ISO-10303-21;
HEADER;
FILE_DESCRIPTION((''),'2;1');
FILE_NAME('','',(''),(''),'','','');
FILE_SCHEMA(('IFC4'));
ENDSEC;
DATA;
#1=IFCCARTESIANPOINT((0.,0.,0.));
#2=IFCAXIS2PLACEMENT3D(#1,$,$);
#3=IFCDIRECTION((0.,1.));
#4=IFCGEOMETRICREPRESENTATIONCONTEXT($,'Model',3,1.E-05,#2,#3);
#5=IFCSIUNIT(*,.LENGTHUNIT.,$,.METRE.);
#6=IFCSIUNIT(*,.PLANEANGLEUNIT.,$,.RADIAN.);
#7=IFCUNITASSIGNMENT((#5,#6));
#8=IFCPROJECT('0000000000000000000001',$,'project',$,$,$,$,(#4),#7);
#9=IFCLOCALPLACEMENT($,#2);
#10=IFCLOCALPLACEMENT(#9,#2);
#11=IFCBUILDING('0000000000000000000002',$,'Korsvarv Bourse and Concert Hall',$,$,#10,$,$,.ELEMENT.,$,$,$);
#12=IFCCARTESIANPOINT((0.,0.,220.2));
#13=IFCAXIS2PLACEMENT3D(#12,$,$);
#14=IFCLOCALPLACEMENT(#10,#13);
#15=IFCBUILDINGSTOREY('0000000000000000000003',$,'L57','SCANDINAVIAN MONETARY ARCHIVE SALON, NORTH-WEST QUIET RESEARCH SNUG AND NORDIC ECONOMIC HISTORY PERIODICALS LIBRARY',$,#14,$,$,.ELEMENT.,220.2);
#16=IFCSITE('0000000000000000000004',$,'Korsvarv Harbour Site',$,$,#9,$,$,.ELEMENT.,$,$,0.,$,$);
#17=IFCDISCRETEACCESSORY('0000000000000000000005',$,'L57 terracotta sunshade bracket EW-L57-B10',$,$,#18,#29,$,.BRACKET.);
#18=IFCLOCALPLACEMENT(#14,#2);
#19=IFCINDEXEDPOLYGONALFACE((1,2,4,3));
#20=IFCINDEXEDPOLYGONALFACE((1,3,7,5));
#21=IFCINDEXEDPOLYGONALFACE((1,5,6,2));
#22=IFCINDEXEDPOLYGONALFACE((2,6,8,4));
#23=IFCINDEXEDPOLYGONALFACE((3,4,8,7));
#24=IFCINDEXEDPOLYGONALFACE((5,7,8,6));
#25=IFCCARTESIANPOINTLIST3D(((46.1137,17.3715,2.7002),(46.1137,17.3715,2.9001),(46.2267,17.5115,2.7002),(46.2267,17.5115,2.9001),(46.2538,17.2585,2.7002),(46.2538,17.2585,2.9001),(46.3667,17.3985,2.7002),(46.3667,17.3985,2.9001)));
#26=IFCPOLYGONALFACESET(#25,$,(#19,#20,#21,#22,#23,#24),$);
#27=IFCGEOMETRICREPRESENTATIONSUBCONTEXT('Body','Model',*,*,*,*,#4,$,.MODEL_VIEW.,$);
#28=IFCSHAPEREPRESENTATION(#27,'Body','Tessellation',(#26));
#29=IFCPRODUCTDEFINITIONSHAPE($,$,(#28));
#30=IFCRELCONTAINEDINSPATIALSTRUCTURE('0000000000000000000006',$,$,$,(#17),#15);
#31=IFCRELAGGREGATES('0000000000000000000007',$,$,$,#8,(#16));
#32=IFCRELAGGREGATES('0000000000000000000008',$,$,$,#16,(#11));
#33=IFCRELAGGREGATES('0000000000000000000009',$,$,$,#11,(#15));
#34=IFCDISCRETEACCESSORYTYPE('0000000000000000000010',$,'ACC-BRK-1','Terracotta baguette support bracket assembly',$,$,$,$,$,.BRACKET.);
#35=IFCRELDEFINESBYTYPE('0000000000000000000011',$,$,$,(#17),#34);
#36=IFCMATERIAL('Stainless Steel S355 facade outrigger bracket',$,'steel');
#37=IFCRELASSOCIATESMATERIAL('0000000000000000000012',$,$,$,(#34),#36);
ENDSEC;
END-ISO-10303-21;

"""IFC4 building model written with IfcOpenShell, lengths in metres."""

from ifc_helpers import new_model, si_unit, direction, frame, origin, origin_2d, place, context, subcontext, project, spatial, rectangle, extrude, source, transform, mapped, material, type_object, element, save


model = new_model("IFC4")

# Units and contexts
model_context = context("Model", 3, precision=1e-05, world=origin(), true_north=direction((0.0, 1.0)))
body_context = subcontext(model_context, "Body", "Model", "MODEL_VIEW")
ifc_project = project(units=[si_unit("LENGTHUNIT", "METRE"), si_unit("PLANEANGLEUNIT", "RADIAN")], contexts=[model_context])

# Site, building, storey
site_placement = place(None, origin())
site = spatial("IfcSite", under=ifc_project, at=site_placement, Name="Korsvarv Harbour Site", CompositionType="ELEMENT", RefElevation=0.0)
building_placement = place(site_placement, origin())
building = spatial("IfcBuilding", under=site, at=building_placement, Name="Korsvarv Bourse and Concert Hall", CompositionType="ELEMENT")
storey_placement = place(building_placement, frame((0.0, 0.0, 220.2)))
storey = spatial("IfcBuildingStorey", under=building, at=storey_placement, Name="L57", Description="SCANDINAVIAN MONETARY ARCHIVE SALON, NORTH-WEST QUIET RESEARCH SNUG AND NORDIC ECONOMIC HISTORY PERIODICALS LIBRARY", CompositionType="ELEMENT", Elevation=220.2)

# Discrete accessory
ifc_material_1 = material(Name="Stainless Steel S355 facade outrigger bracket", Category="steel")
discrete_accessory_type = type_object("IfcDiscreteAccessoryType", Name="ACC-BRK-1", Description="Terracotta baguette support bracket assembly", PredefinedType="BRACKET", material=ifc_material_1)
shared_shape_1 = source(origin(), body_context, "Body", "SweptSolid", [
    extrude(rectangle(XDim=0.1799, YDim=0.1799, at=origin_2d()), origin(), (0.0, 0.0, 1.0), 0.2),
])
for number, where, z_axis, x_axis, name in (
    (1, (46.2402, 17.385, 2.7002), (0.0, 0.0, 1.0), (0.627963, 0.778243, 0.0), "L57 terracotta sunshade bracket EW-L57-B10"),
):
    element("IfcDiscreteAccessory", number, at=place(storey_placement, frame(where, z_axis=z_axis, x_axis=x_axis)), inside=storey, type_object=discrete_accessory_type, Name=name, PredefinedType="BRACKET", context=body_context, shape_type="MappedRepresentation", body=[
        mapped(shared_shape_1, transform((0.0, 0.0, 0.0), scale=1.0)),
    ])

save(model, "model.ifc")
